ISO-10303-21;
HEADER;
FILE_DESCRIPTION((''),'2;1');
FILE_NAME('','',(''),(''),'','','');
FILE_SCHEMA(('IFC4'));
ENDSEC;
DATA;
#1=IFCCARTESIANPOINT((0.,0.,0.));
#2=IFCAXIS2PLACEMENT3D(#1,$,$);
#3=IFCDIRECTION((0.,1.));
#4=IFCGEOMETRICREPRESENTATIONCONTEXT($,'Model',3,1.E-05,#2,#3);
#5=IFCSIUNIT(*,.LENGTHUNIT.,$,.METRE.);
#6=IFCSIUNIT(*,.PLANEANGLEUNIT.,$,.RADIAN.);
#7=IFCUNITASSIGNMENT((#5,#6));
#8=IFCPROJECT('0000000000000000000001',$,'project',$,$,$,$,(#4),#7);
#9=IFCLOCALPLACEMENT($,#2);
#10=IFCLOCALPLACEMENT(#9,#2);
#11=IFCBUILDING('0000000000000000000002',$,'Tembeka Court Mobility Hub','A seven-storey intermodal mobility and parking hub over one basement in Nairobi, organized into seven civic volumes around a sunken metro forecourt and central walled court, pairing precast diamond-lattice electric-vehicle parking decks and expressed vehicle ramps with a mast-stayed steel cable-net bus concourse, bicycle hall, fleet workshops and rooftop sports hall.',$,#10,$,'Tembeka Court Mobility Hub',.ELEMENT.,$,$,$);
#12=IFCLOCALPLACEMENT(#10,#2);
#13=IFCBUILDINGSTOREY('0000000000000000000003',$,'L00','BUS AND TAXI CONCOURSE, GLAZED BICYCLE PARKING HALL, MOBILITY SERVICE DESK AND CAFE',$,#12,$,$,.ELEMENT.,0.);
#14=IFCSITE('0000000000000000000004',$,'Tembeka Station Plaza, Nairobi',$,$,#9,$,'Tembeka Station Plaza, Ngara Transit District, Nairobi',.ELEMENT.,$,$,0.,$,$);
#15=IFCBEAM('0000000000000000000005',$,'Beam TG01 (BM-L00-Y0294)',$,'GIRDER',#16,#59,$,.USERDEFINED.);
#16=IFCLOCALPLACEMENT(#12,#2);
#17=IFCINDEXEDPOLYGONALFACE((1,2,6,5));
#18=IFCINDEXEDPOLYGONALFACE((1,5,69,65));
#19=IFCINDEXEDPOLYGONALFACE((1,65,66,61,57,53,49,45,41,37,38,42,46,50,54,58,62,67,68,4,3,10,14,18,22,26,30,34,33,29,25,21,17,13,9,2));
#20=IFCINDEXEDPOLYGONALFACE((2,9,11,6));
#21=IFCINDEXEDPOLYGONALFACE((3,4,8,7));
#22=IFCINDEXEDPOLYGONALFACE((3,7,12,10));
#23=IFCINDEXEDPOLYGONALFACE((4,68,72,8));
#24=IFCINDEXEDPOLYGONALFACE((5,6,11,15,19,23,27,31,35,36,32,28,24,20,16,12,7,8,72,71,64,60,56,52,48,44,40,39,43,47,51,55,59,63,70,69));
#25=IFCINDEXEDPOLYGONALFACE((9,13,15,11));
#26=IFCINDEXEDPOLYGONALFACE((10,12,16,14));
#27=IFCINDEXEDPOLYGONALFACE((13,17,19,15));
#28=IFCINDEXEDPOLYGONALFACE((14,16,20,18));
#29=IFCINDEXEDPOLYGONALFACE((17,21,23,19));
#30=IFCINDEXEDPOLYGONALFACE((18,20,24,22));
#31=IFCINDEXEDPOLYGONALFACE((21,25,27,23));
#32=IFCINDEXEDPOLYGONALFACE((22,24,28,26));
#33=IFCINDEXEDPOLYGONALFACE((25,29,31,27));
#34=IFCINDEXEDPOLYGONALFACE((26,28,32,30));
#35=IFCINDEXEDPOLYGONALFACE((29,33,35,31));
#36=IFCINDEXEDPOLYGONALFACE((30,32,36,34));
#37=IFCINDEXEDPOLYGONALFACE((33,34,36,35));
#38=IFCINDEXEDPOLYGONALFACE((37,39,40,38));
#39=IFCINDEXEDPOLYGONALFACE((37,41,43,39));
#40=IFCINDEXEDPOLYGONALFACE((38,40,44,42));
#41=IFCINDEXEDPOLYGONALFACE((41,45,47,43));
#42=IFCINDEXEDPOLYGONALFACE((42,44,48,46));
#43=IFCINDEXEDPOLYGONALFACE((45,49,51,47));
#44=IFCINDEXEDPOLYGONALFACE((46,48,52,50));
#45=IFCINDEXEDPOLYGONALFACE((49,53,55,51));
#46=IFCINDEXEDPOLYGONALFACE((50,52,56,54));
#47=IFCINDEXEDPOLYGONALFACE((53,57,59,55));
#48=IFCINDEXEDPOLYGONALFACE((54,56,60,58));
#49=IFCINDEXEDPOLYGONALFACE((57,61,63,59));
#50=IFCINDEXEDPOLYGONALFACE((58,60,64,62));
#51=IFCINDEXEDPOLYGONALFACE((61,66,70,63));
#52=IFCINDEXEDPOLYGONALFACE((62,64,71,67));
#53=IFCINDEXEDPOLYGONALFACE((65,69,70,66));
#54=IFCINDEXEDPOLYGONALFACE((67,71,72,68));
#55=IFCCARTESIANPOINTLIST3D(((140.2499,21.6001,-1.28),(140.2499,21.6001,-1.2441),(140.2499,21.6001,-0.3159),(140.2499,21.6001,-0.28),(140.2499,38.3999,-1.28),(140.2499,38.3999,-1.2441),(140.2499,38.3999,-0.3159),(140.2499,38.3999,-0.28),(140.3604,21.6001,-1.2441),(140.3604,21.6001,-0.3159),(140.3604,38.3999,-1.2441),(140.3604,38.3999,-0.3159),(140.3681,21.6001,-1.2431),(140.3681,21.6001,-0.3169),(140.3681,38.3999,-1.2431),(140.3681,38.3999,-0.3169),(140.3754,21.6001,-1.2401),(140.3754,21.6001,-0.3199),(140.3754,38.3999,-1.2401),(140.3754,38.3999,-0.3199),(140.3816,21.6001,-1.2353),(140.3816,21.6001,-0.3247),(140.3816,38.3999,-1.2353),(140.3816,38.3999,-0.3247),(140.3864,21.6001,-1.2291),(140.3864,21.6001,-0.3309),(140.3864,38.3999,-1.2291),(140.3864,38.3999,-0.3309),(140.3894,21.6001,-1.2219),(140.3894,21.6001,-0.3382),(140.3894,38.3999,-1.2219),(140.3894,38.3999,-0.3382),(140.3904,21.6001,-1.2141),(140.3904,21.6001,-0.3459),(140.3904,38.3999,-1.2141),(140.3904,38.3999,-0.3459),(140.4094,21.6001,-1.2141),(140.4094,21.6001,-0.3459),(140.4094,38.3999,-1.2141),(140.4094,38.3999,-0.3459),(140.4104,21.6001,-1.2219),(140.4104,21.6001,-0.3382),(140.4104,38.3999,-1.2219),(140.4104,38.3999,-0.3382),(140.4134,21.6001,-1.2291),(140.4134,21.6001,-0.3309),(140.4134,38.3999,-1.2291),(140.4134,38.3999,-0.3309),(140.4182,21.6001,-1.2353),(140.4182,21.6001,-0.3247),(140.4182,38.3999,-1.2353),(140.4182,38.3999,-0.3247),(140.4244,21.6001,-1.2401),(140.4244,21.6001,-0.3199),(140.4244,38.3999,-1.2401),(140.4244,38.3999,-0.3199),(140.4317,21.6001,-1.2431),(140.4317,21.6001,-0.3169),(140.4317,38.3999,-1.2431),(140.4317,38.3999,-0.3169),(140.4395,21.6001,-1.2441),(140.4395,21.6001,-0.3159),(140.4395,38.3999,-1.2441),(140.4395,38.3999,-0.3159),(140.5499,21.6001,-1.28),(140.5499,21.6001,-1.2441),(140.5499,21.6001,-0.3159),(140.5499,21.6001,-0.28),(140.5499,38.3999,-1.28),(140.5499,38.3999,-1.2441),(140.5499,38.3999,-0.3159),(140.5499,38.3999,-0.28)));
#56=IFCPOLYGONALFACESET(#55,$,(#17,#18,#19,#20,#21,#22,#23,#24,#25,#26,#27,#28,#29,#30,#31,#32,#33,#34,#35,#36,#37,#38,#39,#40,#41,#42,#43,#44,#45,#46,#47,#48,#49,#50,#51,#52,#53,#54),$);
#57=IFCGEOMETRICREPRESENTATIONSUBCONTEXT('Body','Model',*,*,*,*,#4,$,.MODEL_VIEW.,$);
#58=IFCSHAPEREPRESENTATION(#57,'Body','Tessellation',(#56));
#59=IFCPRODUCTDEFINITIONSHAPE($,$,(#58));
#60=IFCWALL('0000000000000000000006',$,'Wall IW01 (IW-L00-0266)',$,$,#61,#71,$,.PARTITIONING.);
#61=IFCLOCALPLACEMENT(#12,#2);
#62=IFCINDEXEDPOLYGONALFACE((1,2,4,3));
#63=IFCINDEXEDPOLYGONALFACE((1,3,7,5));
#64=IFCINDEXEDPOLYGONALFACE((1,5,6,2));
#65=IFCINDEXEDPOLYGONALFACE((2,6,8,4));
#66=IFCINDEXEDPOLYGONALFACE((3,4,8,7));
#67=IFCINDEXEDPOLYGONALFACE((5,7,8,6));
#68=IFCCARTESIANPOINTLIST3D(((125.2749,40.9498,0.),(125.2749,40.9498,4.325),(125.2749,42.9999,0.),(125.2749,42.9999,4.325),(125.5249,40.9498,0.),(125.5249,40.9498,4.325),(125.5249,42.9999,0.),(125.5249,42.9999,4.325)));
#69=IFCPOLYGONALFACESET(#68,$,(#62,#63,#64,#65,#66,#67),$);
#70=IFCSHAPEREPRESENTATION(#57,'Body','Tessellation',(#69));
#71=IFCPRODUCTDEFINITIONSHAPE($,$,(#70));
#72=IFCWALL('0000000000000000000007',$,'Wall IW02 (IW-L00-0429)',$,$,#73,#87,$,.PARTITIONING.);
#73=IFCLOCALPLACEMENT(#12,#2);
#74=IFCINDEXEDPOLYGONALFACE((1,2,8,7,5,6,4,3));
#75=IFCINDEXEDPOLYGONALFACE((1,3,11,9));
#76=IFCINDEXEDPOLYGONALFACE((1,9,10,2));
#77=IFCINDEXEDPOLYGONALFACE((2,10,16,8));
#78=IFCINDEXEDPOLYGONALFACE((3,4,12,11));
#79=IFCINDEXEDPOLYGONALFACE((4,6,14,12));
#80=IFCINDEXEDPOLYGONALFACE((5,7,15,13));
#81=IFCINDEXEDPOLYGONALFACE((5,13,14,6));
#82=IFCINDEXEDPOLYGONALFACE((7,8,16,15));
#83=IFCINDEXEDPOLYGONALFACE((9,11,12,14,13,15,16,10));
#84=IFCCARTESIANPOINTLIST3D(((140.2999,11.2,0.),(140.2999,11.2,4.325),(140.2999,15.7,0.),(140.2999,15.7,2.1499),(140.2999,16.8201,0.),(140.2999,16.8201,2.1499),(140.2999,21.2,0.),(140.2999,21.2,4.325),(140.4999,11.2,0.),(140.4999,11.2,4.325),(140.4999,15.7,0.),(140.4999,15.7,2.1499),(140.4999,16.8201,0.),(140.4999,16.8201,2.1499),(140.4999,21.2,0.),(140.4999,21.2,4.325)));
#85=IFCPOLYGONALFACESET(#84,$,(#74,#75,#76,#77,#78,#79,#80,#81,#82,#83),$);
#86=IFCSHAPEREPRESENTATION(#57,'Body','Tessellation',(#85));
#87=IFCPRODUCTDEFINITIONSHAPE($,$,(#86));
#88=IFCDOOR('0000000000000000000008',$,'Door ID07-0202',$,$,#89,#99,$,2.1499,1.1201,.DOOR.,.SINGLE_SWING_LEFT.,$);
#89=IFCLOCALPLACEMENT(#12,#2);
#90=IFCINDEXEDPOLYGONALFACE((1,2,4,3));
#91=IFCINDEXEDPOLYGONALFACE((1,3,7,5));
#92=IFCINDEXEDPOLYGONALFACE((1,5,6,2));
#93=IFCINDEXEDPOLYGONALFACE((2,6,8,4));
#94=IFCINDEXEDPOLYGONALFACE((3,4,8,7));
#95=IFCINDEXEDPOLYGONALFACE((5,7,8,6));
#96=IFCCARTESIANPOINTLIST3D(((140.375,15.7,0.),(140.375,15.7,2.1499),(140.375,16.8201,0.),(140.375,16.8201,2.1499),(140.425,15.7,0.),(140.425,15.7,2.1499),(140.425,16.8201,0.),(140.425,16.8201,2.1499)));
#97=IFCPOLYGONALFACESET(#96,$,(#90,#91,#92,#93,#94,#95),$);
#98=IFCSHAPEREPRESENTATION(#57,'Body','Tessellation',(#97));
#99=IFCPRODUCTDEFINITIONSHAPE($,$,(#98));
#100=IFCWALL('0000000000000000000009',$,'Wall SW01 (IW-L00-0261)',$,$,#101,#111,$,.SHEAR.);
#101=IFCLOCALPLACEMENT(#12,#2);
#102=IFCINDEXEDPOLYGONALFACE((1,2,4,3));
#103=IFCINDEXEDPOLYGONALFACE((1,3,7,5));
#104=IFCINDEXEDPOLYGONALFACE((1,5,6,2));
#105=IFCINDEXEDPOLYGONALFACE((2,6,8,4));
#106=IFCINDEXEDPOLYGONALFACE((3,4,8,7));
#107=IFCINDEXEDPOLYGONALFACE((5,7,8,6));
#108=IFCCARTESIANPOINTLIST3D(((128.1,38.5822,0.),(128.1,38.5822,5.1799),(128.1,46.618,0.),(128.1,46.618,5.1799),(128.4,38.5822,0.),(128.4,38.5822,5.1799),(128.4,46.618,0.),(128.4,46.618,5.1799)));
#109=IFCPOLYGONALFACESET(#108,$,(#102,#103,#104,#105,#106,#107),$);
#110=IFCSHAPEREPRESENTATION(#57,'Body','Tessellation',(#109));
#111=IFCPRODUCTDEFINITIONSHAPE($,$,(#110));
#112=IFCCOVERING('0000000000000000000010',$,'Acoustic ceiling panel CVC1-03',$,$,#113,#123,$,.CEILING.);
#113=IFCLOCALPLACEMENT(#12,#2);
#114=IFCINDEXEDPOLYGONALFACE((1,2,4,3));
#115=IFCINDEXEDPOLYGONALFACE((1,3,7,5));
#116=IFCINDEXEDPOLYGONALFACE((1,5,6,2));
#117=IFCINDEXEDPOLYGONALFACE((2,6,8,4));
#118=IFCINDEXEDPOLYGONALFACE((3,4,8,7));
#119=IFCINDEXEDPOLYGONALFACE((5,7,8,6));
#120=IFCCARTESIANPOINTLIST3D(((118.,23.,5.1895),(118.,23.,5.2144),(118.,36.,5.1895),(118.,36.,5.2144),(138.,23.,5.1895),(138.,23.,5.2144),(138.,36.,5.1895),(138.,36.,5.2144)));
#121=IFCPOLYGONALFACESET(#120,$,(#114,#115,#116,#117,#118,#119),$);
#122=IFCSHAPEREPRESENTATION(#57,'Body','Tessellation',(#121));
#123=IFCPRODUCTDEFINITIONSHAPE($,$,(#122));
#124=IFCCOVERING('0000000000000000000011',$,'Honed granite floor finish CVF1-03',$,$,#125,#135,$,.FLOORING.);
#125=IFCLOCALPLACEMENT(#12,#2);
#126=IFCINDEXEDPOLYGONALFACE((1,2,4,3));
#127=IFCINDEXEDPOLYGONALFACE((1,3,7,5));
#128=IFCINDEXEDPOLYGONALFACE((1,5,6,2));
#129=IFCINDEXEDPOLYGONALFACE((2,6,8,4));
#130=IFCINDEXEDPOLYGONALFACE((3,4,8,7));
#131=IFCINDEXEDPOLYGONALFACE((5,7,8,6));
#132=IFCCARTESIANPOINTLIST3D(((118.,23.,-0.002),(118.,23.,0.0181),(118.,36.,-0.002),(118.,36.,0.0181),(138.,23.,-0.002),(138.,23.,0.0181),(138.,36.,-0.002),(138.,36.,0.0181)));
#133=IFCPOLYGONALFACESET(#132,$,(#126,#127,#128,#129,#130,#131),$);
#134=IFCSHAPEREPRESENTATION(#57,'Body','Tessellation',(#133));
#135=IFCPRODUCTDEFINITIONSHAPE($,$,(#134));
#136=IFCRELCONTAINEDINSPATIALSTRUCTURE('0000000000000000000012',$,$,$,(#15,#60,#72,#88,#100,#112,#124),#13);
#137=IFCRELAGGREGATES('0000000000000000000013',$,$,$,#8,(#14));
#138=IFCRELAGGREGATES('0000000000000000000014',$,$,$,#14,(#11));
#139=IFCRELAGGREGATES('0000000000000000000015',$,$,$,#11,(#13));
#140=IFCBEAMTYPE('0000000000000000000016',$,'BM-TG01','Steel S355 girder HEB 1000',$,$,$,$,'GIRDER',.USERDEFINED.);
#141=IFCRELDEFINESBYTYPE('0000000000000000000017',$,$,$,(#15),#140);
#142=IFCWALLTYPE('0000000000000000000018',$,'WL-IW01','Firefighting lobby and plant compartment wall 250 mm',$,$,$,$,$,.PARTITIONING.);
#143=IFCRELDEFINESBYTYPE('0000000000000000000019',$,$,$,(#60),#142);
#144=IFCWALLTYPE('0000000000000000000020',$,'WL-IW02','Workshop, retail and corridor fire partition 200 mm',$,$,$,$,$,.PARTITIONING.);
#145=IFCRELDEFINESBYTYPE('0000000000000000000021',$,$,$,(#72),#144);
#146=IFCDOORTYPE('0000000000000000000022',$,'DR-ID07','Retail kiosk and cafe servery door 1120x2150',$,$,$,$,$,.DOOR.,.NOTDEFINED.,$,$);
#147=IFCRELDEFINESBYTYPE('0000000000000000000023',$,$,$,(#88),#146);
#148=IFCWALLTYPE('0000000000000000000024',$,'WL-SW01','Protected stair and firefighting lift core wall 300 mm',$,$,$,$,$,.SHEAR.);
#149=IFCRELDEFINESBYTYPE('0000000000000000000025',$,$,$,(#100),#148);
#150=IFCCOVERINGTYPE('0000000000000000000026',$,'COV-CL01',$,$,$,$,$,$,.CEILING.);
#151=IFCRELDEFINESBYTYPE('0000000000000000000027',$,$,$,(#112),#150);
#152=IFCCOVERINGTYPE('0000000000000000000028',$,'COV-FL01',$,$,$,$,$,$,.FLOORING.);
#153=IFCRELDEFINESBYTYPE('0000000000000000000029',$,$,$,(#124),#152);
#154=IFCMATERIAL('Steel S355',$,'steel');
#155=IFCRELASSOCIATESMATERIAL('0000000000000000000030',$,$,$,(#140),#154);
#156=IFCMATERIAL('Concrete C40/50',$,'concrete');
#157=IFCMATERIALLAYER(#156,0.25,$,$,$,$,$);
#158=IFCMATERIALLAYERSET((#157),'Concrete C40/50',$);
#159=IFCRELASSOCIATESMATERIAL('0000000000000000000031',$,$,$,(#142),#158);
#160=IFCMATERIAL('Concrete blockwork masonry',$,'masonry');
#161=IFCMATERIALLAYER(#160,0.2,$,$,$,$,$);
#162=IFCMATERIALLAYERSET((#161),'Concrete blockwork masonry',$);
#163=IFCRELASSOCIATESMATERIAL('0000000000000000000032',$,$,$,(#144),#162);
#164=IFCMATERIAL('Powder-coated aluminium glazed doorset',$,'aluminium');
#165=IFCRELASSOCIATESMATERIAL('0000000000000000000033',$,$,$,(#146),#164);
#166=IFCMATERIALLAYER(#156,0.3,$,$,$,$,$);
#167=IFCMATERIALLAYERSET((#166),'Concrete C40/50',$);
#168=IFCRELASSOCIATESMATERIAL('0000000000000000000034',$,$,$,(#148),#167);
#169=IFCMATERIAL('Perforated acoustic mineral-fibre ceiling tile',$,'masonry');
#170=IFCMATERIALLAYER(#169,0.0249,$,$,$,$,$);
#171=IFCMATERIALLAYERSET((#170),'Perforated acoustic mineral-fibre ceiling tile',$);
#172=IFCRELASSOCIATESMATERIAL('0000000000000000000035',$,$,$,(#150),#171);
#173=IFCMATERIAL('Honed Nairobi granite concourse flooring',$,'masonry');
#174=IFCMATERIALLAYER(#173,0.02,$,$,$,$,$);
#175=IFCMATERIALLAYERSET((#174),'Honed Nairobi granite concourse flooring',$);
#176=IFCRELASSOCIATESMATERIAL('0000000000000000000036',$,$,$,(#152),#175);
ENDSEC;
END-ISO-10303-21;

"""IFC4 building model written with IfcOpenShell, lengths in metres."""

from ifc_helpers import new_model, si_unit, direction, frame, frame_2d, origin, origin_2d, place, context, subcontext, project, spatial, rectangle, i_section, extrude, material, layer, layer_set, material_profile, profile_set, type_object, element, fill, save


model = new_model("IFC4")

# Units and contexts
model_context = context("Model", 3, precision=1e-05, world=origin(), true_north=direction((0.0, 1.0)))
body_context = subcontext(model_context, "Body", "Model", "MODEL_VIEW")
ifc_project = project(units=[si_unit("LENGTHUNIT", "METRE"), si_unit("PLANEANGLEUNIT", "RADIAN")], contexts=[model_context])

# Site, building, storey
site_placement = place(None, origin())
site = spatial("IfcSite", under=ifc_project, at=site_placement, Name="Tembeka Station Plaza, Nairobi", LongName="Tembeka Station Plaza, Ngara Transit District, Nairobi", CompositionType="ELEMENT", RefElevation=0.0)
building_placement = place(site_placement, origin())
building = spatial("IfcBuilding", under=site, at=building_placement, Name="Tembeka Court Mobility Hub", Description="A seven-storey intermodal mobility and parking hub over one basement in Nairobi, organized into seven civic volumes around a sunken metro forecourt and central walled court, pairing precast diamond-lattice electric-vehicle parking decks and expressed vehicle ramps with a mast-stayed steel cable-net bus concourse, bicycle hall, fleet workshops and rooftop sports hall.", LongName="Tembeka Court Mobility Hub", CompositionType="ELEMENT")
storey_placement = place(building_placement, origin())
storey = spatial("IfcBuildingStorey", under=building, at=storey_placement, Name="L00", Description="BUS AND TAXI CONCOURSE, GLAZED BICYCLE PARKING HALL, MOBILITY SERVICE DESK AND CAFE", CompositionType="ELEMENT", Elevation=0.0)

# Shared definitions
ifc_material_1 = material(Name="Steel S355", Category="steel")

# Beam
ifc_material_profile_1 = material_profile(ifc_material_1, i_section(OverallWidth=0.3, OverallDepth=1.0, WebThickness=0.019, FlangeThickness=0.0359, FilletRadius=0.03, at=origin_2d()), Name="HEB 1000")
ifc_profile_set_1 = profile_set([ifc_material_profile_1], Name="Steel S355")
beam_type_1 = type_object("IfcBeamType", Name="BM-TG01", Description="Steel S355 girder HEB 1000", ElementType="GIRDER", PredefinedType="USERDEFINED", material=ifc_profile_set_1)
for number, where, z_axis, x_axis, name in (
    (1, (140.3999, 21.6001, -0.78), (0.0, 1.0, 0.0), (-1.0, 0.0, 0.0), "Beam TG01 (BM-L00-Y0294)"),
):
    element("IfcBeam", number, at=place(storey_placement, frame(where, z_axis=z_axis, x_axis=x_axis)), inside=storey, type_object=beam_type_1, Name=name, ObjectType="GIRDER", PredefinedType="USERDEFINED", context=body_context, shape_type="SweptSolid", body=[
        extrude(i_section(OverallWidth=0.3, OverallDepth=1.0, WebThickness=0.019, FlangeThickness=0.0359, FilletRadius=0.03, at=origin_2d()), origin(), (0.0, 0.0, 1.0), 16.7998),
    ])

# Wall
ifc_material_2 = material(Name="Concrete C40/50", Category="concrete")
ifc_layer_1 = layer(ifc_material_2, 0.25)
ifc_layer_set_1 = layer_set([ifc_layer_1], Name="Concrete C40/50")
wall_type_1 = type_object("IfcWallType", Name="WL-IW01", Description="Firefighting lobby and plant compartment wall 250 mm", PredefinedType="PARTITIONING", material=ifc_layer_set_1)
wall_1_placement = place(storey_placement, frame((125.3999, 40.95, 0.0), z_axis=(0.0, 0.0, 1.0), x_axis=(0.0, 1.0, 0.0)))
element("IfcWall", 2, at=wall_1_placement, inside=storey, type_object=wall_type_1, Name="Wall IW01 (IW-L00-0266)", PredefinedType="PARTITIONING", context=body_context, shape_type="SweptSolid", body=[
    extrude(rectangle(XDim=2.05, YDim=0.25, at=frame_2d((1.0249, 0.0))), origin(), (0.0, 0.0, 1.0), 4.325),
])

# Wall, opening, door
ifc_material_3 = material(Name="Concrete blockwork masonry", Category="masonry")
ifc_layer_2 = layer(ifc_material_3, 0.2)
ifc_layer_set_2 = layer_set([ifc_layer_2], Name="Concrete blockwork masonry")
wall_type_2 = type_object("IfcWallType", Name="WL-IW02", Description="Workshop, retail and corridor fire partition 200 mm", PredefinedType="PARTITIONING", material=ifc_layer_set_2)
wall_2_placement = place(storey_placement, frame((140.3999, 11.2, 0.0), z_axis=(0.0, 0.0, 1.0), x_axis=(0.0, 1.0, 0.0)))
wall_2 = element("IfcWall", 3, at=wall_2_placement, inside=storey, type_object=wall_type_2, Name="Wall IW02 (IW-L00-0429)", PredefinedType="PARTITIONING", context=body_context, shape_type="SweptSolid", body=[
    extrude(rectangle(XDim=10.0, YDim=0.2, at=frame_2d((5.0, 0.0))), origin(), (0.0, 0.0, 1.0), 4.325),
])
opening_placement = place(wall_2_placement, frame((4.5, 0.0, 0.0)))
opening = element("IfcOpeningElement", 4, at=opening_placement, cuts=wall_2, PredefinedType="OPENING", context=body_context, shape_type="SweptSolid", body=[
    extrude(rectangle(XDim=1.1201, YDim=2.1499, at=frame_2d((0.5601, 1.075))), frame((0.0, 0.1099, 0.0), z_axis=(0.0, -1.0, 0.0), x_axis=(1.0, 0.0, 0.0)), (0.0, 0.0, 1.0), 0.22),
])
ifc_material_4 = material(Name="Powder-coated aluminium glazed doorset", Category="aluminium")
door_type = type_object("IfcDoorType", Name="DR-ID07", Description="Retail kiosk and cafe servery door 1120x2150", OperationType="NOTDEFINED", PredefinedType="DOOR", material=ifc_material_4)
door_placement = place(opening_placement, origin())
door = element("IfcDoor", 5, at=door_placement, inside=storey, type_object=door_type, Name="Door ID07-0202", OperationType="SINGLE_SWING_LEFT", OverallHeight=2.1499, OverallWidth=1.1201, PredefinedType="DOOR", context=body_context, shape_type="SweptSolid", body=[
    extrude(rectangle(XDim=1.1201, YDim=2.1499, at=frame_2d((0.5601, 1.075))), frame((0.0, 0.0249, 0.0), z_axis=(0.0, -1.0, 0.0), x_axis=(1.0, 0.0, 0.0)), (0.0, 0.0, 1.0), 0.05),
])
fill(opening, door)

# Wall
ifc_layer_3 = layer(ifc_material_2, 0.3)
ifc_layer_set_3 = layer_set([ifc_layer_3], Name="Concrete C40/50")
wall_type_3 = type_object("IfcWallType", Name="WL-SW01", Description="Protected stair and firefighting lift core wall 300 mm", PredefinedType="SHEAR", material=ifc_layer_set_3)
wall_3_placement = place(storey_placement, frame((128.25, 38.582, 0.0), z_axis=(0.0, 0.0, 1.0), x_axis=(0.0, 1.0, 0.0)))
element("IfcWall", 6, at=wall_3_placement, inside=storey, type_object=wall_type_3, Name="Wall SW01 (IW-L00-0261)", PredefinedType="SHEAR", context=body_context, shape_type="SweptSolid", body=[
    extrude(rectangle(XDim=8.0359, YDim=0.3, at=frame_2d((4.0181, 0.0))), origin(), (0.0, 0.0, 1.0), 5.1799),
])

# Coverings
ifc_material_5 = material(Name="Perforated acoustic mineral-fibre ceiling tile", Category="masonry")
ifc_layer_4 = layer(ifc_material_5, 0.0249)
ifc_layer_set_4 = layer_set([ifc_layer_4], Name="Perforated acoustic mineral-fibre ceiling tile")
covering_type_1 = type_object("IfcCoveringType", Name="COV-CL01", PredefinedType="CEILING", material=ifc_layer_set_4)
covering_1_placement = place(storey_placement, frame((128.0, 29.5, 5.1895), z_axis=(0.0, 0.0, 1.0), x_axis=(1.0, 0.0, 0.0)))
element("IfcCovering", 7, at=covering_1_placement, inside=storey, type_object=covering_type_1, Name="Acoustic ceiling panel CVC1-03", PredefinedType="CEILING", context=body_context, shape_type="SweptSolid", body=[
    extrude(rectangle(XDim=20.0, YDim=13.0, at=origin_2d()), origin(), (0.0, 0.0, 1.0), 0.0249),
])
ifc_material_6 = material(Name="Honed Nairobi granite concourse flooring", Category="masonry")
ifc_layer_5 = layer(ifc_material_6, 0.02)
ifc_layer_set_5 = layer_set([ifc_layer_5], Name="Honed Nairobi granite concourse flooring")
covering_type_2 = type_object("IfcCoveringType", Name="COV-FL01", PredefinedType="FLOORING", material=ifc_layer_set_5)
covering_2_placement = place(storey_placement, frame((128.0, 29.5, -0.002), z_axis=(0.0, 0.0, 1.0), x_axis=(1.0, 0.0, 0.0)))
element("IfcCovering", 8, at=covering_2_placement, inside=storey, type_object=covering_type_2, Name="Honed granite floor finish CVF1-03", PredefinedType="FLOORING", context=body_context, shape_type="SweptSolid", body=[
    extrude(rectangle(XDim=20.0, YDim=13.0, at=origin_2d()), origin(), (0.0, 0.0, 1.0), 0.02),
])

save(model, "model.ifc")
